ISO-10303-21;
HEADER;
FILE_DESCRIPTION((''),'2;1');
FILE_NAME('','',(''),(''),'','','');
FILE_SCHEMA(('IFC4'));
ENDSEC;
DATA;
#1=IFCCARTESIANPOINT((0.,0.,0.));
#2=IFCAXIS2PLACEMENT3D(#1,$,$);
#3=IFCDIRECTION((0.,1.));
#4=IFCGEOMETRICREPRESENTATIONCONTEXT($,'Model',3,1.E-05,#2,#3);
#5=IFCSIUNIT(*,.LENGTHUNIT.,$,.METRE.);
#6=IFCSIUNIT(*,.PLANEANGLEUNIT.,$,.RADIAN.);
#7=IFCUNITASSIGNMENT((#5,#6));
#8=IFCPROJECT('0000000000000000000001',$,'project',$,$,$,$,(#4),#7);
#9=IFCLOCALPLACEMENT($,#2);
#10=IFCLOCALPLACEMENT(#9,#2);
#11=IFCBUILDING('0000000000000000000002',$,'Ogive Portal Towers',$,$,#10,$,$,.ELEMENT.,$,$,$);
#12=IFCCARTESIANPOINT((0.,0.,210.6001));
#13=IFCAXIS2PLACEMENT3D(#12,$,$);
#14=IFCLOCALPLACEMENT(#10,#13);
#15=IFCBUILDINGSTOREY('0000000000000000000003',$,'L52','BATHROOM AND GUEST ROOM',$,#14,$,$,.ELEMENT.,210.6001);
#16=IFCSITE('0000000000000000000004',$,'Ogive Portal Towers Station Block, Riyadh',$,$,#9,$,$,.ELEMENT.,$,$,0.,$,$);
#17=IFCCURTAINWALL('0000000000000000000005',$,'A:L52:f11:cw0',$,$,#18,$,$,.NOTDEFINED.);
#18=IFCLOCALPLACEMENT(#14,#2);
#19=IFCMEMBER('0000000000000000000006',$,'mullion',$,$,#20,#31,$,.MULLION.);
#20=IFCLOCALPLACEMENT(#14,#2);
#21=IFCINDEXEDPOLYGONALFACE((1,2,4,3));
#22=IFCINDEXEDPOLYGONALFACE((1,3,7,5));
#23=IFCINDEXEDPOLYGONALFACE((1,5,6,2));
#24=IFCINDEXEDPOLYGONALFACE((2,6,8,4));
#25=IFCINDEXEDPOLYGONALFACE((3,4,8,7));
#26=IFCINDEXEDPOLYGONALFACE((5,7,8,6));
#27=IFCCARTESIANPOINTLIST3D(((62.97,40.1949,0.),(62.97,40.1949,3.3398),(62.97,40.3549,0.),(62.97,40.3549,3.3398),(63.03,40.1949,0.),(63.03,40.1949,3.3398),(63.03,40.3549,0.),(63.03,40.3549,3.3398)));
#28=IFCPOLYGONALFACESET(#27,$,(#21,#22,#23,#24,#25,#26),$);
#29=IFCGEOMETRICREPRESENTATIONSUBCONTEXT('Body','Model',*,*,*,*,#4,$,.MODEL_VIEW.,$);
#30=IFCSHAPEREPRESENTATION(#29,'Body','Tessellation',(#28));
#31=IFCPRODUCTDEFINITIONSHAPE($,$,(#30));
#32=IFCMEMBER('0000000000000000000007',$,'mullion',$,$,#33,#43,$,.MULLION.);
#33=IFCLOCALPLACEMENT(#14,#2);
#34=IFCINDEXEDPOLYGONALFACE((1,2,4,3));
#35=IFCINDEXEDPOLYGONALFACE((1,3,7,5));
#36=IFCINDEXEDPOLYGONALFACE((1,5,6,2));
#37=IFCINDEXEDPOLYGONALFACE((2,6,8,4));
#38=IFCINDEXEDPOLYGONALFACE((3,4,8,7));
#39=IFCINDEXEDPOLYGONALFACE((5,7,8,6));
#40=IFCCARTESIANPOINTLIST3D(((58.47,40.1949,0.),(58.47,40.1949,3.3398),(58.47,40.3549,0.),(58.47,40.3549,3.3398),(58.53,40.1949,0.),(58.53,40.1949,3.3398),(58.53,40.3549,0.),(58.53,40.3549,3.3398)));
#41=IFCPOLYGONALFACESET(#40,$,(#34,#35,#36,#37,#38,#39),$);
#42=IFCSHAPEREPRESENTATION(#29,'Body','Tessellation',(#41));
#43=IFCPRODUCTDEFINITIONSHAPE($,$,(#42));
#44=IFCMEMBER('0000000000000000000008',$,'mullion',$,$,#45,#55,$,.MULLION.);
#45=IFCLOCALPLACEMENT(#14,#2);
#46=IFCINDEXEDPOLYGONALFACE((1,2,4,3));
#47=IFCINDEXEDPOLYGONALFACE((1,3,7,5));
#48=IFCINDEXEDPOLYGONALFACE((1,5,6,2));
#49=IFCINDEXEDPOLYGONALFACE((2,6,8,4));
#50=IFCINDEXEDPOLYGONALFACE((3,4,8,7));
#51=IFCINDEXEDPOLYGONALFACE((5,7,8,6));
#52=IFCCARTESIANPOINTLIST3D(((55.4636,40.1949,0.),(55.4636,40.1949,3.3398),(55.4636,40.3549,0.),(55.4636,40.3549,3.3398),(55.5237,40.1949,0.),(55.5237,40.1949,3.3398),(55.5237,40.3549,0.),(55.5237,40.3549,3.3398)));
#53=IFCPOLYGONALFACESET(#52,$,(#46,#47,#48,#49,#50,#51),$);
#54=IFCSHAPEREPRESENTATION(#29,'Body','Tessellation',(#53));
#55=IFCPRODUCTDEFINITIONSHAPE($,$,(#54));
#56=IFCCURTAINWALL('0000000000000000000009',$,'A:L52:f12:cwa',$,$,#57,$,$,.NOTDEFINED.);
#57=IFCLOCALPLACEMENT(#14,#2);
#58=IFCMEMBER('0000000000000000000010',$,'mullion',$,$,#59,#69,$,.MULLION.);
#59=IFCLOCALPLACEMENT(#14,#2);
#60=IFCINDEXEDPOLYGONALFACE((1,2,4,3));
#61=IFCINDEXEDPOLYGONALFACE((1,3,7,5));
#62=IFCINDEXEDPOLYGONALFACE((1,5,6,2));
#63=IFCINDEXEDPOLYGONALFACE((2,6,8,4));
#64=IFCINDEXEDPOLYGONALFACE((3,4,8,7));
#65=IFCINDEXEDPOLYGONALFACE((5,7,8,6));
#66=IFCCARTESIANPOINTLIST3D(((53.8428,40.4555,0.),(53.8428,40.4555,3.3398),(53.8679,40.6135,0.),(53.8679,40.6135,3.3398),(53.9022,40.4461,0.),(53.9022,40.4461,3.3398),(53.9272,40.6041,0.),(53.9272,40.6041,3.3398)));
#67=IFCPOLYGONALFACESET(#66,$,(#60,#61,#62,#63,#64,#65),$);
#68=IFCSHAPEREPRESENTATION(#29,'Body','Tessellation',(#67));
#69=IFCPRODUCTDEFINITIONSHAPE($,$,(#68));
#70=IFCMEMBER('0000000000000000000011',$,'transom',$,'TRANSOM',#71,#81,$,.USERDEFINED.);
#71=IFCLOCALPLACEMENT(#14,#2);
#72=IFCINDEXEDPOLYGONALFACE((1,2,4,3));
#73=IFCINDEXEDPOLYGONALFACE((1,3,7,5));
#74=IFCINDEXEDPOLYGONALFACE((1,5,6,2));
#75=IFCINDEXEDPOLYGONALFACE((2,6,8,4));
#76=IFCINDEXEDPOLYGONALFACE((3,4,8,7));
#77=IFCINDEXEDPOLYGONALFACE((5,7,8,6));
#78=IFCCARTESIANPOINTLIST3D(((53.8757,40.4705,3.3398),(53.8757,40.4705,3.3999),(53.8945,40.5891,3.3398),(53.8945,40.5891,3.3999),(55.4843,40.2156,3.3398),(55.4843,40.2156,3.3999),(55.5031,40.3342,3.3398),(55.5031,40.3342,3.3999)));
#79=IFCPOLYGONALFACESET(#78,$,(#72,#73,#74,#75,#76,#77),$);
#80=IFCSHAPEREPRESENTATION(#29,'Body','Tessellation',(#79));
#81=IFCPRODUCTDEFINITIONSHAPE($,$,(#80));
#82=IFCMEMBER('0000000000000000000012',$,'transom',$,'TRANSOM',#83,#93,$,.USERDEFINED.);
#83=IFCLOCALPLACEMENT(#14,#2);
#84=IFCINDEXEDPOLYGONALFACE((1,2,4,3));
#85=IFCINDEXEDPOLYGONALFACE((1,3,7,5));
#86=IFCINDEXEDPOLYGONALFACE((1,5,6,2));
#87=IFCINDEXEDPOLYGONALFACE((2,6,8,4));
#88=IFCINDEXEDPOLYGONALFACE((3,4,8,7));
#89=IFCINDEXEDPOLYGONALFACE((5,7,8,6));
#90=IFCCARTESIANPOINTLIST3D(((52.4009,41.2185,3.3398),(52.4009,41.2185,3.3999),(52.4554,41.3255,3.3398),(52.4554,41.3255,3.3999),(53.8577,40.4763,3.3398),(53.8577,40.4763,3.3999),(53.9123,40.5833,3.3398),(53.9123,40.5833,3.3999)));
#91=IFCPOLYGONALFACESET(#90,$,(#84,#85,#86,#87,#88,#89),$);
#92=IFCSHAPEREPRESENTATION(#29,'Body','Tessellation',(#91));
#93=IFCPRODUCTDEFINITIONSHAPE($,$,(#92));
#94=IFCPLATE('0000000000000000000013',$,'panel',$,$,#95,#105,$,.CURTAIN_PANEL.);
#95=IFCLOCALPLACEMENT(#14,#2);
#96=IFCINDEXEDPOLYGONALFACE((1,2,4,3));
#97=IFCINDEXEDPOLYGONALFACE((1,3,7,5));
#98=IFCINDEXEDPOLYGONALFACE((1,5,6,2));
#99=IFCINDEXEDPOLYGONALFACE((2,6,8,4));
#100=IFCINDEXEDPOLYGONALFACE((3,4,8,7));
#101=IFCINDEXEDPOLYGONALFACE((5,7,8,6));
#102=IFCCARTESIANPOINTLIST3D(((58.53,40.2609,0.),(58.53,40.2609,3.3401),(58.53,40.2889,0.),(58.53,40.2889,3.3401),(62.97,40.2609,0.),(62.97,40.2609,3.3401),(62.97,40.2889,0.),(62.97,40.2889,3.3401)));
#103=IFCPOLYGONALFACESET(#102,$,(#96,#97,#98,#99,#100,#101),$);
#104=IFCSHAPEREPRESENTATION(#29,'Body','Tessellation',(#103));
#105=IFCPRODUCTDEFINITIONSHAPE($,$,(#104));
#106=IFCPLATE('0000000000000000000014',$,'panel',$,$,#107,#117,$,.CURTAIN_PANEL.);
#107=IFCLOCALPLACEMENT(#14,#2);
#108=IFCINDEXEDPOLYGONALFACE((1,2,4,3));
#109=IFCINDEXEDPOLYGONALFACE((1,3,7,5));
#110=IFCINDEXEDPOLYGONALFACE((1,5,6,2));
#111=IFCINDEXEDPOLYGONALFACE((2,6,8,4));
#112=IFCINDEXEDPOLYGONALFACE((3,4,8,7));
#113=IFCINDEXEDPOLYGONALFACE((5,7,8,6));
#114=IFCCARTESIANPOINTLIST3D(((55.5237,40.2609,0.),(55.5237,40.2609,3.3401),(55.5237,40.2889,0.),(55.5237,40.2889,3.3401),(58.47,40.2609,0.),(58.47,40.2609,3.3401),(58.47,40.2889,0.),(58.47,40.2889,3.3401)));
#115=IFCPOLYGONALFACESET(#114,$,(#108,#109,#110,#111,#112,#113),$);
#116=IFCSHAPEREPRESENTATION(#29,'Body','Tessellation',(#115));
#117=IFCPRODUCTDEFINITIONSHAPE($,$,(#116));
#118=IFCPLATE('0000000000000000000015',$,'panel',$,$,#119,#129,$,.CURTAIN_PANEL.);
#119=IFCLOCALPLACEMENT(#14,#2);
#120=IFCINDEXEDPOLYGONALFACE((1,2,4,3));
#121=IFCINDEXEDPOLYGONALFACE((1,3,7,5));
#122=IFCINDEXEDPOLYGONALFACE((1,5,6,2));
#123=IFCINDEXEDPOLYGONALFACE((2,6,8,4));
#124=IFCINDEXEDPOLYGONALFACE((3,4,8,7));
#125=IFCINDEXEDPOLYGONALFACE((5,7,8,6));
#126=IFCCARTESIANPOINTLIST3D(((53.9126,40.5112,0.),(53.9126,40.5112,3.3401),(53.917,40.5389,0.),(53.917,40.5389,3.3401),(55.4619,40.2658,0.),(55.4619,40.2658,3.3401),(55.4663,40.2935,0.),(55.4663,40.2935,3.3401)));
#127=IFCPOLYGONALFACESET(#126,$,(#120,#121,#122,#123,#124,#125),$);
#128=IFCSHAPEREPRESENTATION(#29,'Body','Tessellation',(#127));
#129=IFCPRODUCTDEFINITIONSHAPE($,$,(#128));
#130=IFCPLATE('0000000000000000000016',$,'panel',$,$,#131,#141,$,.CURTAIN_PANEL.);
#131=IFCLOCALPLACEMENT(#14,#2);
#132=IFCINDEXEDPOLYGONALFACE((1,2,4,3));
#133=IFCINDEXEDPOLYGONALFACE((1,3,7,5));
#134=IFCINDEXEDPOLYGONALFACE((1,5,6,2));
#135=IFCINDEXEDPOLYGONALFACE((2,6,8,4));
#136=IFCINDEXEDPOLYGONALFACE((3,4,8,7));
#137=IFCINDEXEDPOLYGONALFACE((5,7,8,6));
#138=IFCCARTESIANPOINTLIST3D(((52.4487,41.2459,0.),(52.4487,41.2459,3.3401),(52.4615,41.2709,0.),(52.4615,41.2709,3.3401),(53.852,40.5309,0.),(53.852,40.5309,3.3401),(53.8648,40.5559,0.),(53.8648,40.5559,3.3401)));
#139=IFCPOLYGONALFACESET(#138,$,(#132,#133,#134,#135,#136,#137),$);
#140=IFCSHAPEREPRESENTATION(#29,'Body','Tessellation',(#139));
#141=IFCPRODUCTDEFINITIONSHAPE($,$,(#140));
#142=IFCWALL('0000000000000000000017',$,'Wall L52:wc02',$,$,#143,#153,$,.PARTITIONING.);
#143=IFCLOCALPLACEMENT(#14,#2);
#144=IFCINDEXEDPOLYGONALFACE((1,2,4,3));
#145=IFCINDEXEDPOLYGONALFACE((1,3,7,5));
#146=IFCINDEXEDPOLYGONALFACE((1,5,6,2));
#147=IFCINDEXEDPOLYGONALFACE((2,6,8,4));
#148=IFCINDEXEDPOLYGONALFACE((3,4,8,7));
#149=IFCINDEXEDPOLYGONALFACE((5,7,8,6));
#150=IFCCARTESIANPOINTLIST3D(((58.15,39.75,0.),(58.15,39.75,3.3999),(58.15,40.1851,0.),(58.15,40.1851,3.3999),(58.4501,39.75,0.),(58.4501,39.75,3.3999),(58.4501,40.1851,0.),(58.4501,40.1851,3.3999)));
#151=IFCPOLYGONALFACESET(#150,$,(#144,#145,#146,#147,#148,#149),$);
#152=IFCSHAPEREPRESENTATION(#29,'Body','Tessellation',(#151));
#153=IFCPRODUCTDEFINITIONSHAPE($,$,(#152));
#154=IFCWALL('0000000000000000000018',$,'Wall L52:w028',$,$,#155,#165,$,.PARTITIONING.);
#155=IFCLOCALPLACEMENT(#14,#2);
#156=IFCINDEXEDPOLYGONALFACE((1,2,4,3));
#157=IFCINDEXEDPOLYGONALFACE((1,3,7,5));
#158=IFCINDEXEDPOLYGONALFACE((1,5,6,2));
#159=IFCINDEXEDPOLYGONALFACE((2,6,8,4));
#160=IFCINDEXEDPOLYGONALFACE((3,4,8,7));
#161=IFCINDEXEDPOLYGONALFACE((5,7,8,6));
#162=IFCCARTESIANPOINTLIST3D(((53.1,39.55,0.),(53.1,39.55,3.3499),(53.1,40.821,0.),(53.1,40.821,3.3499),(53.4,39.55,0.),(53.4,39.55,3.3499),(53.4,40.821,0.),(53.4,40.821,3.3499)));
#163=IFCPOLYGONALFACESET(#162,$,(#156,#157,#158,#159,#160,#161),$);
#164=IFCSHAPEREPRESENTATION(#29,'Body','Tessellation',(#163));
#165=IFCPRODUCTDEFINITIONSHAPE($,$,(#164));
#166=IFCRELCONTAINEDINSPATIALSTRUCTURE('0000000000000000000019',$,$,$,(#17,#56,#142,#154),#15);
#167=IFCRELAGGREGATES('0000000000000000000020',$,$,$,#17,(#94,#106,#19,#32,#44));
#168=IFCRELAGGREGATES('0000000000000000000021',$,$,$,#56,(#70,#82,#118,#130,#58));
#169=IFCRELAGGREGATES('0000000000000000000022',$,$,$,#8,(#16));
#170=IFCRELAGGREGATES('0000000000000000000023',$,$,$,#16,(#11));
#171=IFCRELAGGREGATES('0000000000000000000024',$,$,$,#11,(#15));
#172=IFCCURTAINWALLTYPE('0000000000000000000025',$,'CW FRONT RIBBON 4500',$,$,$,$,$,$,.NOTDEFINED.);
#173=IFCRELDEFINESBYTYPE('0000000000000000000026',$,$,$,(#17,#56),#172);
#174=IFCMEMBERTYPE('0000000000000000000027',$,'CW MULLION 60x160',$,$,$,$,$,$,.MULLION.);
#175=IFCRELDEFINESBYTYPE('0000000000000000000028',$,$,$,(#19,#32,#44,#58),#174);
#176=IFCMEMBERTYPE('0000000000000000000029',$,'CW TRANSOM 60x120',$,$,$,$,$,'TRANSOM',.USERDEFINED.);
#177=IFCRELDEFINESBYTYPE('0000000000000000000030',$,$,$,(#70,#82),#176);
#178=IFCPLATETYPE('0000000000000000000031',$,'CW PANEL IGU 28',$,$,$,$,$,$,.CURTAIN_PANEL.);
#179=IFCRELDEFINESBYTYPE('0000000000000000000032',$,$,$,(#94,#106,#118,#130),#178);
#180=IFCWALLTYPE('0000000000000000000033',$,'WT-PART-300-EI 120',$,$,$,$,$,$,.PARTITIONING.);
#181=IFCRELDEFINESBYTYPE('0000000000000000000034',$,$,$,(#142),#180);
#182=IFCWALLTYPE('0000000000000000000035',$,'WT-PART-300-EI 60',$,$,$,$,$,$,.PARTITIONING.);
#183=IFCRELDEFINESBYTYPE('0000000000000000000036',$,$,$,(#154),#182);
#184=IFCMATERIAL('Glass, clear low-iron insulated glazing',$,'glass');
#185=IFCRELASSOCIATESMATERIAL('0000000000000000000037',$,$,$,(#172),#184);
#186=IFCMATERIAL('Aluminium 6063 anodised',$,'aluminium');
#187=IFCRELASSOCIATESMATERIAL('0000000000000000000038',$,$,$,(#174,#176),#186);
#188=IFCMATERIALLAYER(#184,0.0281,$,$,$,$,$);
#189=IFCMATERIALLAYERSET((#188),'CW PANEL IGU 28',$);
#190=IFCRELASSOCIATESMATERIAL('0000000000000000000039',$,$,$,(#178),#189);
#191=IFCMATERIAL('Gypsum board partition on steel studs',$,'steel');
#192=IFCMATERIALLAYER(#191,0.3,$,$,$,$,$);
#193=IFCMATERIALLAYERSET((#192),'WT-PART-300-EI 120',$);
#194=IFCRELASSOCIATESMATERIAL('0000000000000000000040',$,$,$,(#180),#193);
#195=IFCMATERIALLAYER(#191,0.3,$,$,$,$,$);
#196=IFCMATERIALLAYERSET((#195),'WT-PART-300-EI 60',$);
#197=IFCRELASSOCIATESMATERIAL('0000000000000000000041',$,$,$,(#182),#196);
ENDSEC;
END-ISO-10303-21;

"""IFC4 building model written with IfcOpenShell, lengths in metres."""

from ifc_helpers import new_model, si_unit, direction, frame, frame_2d, origin, origin_2d, place, context, subcontext, project, spatial, rectangle, extrude, material, layer, layer_set, material_profile, profile_set, type_object, element, aggregate, save


model = new_model("IFC4")

# Units and contexts
model_context = context("Model", 3, precision=1e-05, world=origin(), true_north=direction((0.0, 1.0)))
body_context = subcontext(model_context, "Body", "Model", "MODEL_VIEW")
ifc_project = project(units=[si_unit("LENGTHUNIT", "METRE"), si_unit("PLANEANGLEUNIT", "RADIAN")], contexts=[model_context])

# Site, building, storey
site_placement = place(None, origin())
site = spatial("IfcSite", under=ifc_project, at=site_placement, Name="Ogive Portal Towers Station Block, Riyadh", CompositionType="ELEMENT", RefElevation=0.0)
building_placement = place(site_placement, origin())
building = spatial("IfcBuilding", under=site, at=building_placement, Name="Ogive Portal Towers", CompositionType="ELEMENT")
storey_placement = place(building_placement, frame((0.0, 0.0, 210.6001)))
storey = spatial("IfcBuildingStorey", under=building, at=storey_placement, Name="L52", Description="BATHROOM AND GUEST ROOM", CompositionType="ELEMENT", Elevation=210.6001)

# Curtain walls, members
ifc_material_1 = material(Name="Glass, clear low-iron insulated glazing", Category="glass")
curtain_wall_type = type_object("IfcCurtainWallType", Name="CW FRONT RIBBON 4500", PredefinedType="NOTDEFINED", material=ifc_material_1)
curtain_wall_1_placement = place(storey_placement, origin())
curtain_wall_1 = element("IfcCurtainWall", 1, at=curtain_wall_1_placement, inside=storey, type_object=curtain_wall_type, Name="A:L52:f11:cw0", PredefinedType="NOTDEFINED")
ifc_material_2 = material(Name="Aluminium 6063 anodised", Category="aluminium")
ifc_material_profile_1 = material_profile(ifc_material_2, rectangle(XDim=0.1599, YDim=0.0601, at=origin_2d()), Name="AL 60x160")
ifc_profile_set_1 = profile_set([ifc_material_profile_1], Name="Aluminium 6063 anodised")
member_type_1 = type_object("IfcMemberType", Name="CW MULLION 60x160", PredefinedType="MULLION", material=ifc_profile_set_1)
member_1_placement = place(storey_placement, frame((63.0, 40.2749, 0.0), z_axis=(0.0, 0.0, 1.0), x_axis=(0.0, -1.0, 0.0)))
member_1 = element("IfcMember", 2, at=member_1_placement, type_object=member_type_1, Name="mullion", PredefinedType="MULLION", context=body_context, shape_type="SweptSolid", body=[
    extrude(rectangle(XDim=0.1599, YDim=0.0601, at=origin_2d()), origin(), (0.0, 0.0, 1.0), 3.3398),
])
member_2_placement = place(storey_placement, frame((58.5, 40.2749, 0.0), z_axis=(0.0, 0.0, 1.0), x_axis=(0.0, -1.0, 0.0)))
member_2 = element("IfcMember", 3, at=member_2_placement, type_object=member_type_1, Name="mullion", PredefinedType="MULLION", context=body_context, shape_type="SweptSolid", body=[
    extrude(rectangle(XDim=0.1599, YDim=0.0601, at=origin_2d()), origin(), (0.0, 0.0, 1.0), 3.3398),
])
member_3_placement = place(storey_placement, frame((55.4937, 40.2749, 0.0), z_axis=(0.0, 0.0, 1.0), x_axis=(0.0, -1.0, 0.0)))
member_3 = element("IfcMember", 4, at=member_3_placement, type_object=member_type_1, Name="mullion", PredefinedType="MULLION", context=body_context, shape_type="SweptSolid", body=[
    extrude(rectangle(XDim=0.1599, YDim=0.0601, at=origin_2d()), origin(), (0.0, 0.0, 1.0), 3.3398),
])
curtain_wall_2_placement = place(storey_placement, origin())
curtain_wall_2 = element("IfcCurtainWall", 5, at=curtain_wall_2_placement, inside=storey, type_object=curtain_wall_type, Name="A:L52:f12:cwa", PredefinedType="NOTDEFINED")
member_4_placement = place(storey_placement, frame((53.885, 40.5298, 0.0), z_axis=(0.0, 0.0, 1.0), x_axis=(-0.156434, -0.987688, 0.0)))
member_4 = element("IfcMember", 6, at=member_4_placement, type_object=member_type_1, Name="mullion", PredefinedType="MULLION", context=body_context, shape_type="SweptSolid", body=[
    extrude(rectangle(XDim=0.1599, YDim=0.0601, at=origin_2d()), origin(), (0.0, 0.0, 1.0), 3.3398),
])
ifc_material_profile_2 = material_profile(ifc_material_2, rectangle(XDim=0.1201, YDim=0.0601, at=origin_2d()), Name="AL 120x60")
ifc_profile_set_2 = profile_set([ifc_material_profile_2], Name="Aluminium 6063 anodised")
member_type_2 = type_object("IfcMemberType", Name="CW TRANSOM 60x120", ElementType="TRANSOM", PredefinedType="USERDEFINED", material=ifc_profile_set_2)
member_5_placement = place(storey_placement, frame((55.4937, 40.2749, 3.3699), z_axis=(-0.987679, 0.156494, 0.0), x_axis=(-0.156494, -0.987679, 0.0)))
member_5 = element("IfcMember", 7, at=member_5_placement, type_object=member_type_2, Name="transom", ObjectType="TRANSOM", PredefinedType="USERDEFINED", context=body_context, shape_type="SweptSolid", body=[
    extrude(rectangle(XDim=0.1201, YDim=0.0601, at=origin_2d()), origin(), (0.0, 0.0, 1.0), 1.6287),
])
member_6_placement = place(storey_placement, frame((53.885, 40.5298, 3.3699), z_axis=(-0.891027, 0.45395, 0.0), x_axis=(-0.45395, -0.891027, 0.0)))
member_6 = element("IfcMember", 8, at=member_6_placement, type_object=member_type_2, Name="transom", ObjectType="TRANSOM", PredefinedType="USERDEFINED", context=body_context, shape_type="SweptSolid", body=[
    extrude(rectangle(XDim=0.1201, YDim=0.0601, at=origin_2d()), origin(), (0.0, 0.0, 1.0), 1.635),
])

# Plates
ifc_layer_1 = layer(ifc_material_1, 0.0281)
ifc_layer_set_1 = layer_set([ifc_layer_1], Name="CW PANEL IGU 28")
plate_type = type_object("IfcPlateType", Name="CW PANEL IGU 28", PredefinedType="CURTAIN_PANEL", material=ifc_layer_set_1)
plate_1_placement = place(storey_placement, frame((60.75, 40.2749, 0.0), z_axis=(0.0, 0.0, 1.0), x_axis=(-1.0, 0.0, 0.0)))
plate_1 = element("IfcPlate", 9, at=plate_1_placement, type_object=plate_type, Name="panel", PredefinedType="CURTAIN_PANEL", context=body_context, shape_type="SweptSolid", body=[
    extrude(rectangle(XDim=4.4399, YDim=0.0281, at=origin_2d()), origin(), (0.0, 0.0, 1.0), 3.3401),
])
plate_2_placement = place(storey_placement, frame((56.9968, 40.2749, 0.0), z_axis=(0.0, 0.0, 1.0), x_axis=(-1.0, 0.0, 0.0)))
plate_2 = element("IfcPlate", 10, at=plate_2_placement, type_object=plate_type, Name="panel", PredefinedType="CURTAIN_PANEL", context=body_context, shape_type="SweptSolid", body=[
    extrude(rectangle(XDim=2.9463, YDim=0.0281, at=origin_2d()), origin(), (0.0, 0.0, 1.0), 3.3401),
])
aggregate(curtain_wall_1, [plate_1, plate_2, member_1, member_2, member_3])
plate_3_placement = place(storey_placement, frame((54.6895, 40.4023, 0.0), z_axis=(0.0, 0.0, 1.0), x_axis=(-0.987688, 0.156434, 0.0)))
plate_3 = element("IfcPlate", 11, at=plate_3_placement, type_object=plate_type, Name="panel", PredefinedType="CURTAIN_PANEL", context=body_context, shape_type="SweptSolid", body=[
    extrude(rectangle(XDim=1.5686, YDim=0.0281, at=origin_2d()), origin(), (0.0, 0.0, 1.0), 3.3401),
])
plate_4_placement = place(storey_placement, frame((53.1567, 40.9009, 0.0), z_axis=(0.0, 0.0, 1.0), x_axis=(-0.891007, 0.45399, 0.0)))
plate_4 = element("IfcPlate", 12, at=plate_4_placement, type_object=plate_type, Name="panel", PredefinedType="CURTAIN_PANEL", context=body_context, shape_type="SweptSolid", body=[
    extrude(rectangle(XDim=1.575, YDim=0.0281, at=origin_2d()), origin(), (0.0, 0.0, 1.0), 3.3401),
])
aggregate(curtain_wall_2, [member_5, member_6, plate_3, plate_4, member_4])

# Walls
ifc_material_3 = material(Name="Gypsum board partition on steel studs", Category="steel")
ifc_layer_2 = layer(ifc_material_3, 0.3)
ifc_layer_set_2 = layer_set([ifc_layer_2], Name="WT-PART-300-EI 120")
wall_type_1 = type_object("IfcWallType", Name="WT-PART-300-EI 120", PredefinedType="PARTITIONING", material=ifc_layer_set_2)
wall_1_placement = place(storey_placement, frame((58.3, 39.75, 0.0), z_axis=(0.0, 0.0, 1.0), x_axis=(0.0, 1.0, 0.0)))
element("IfcWall", 13, at=wall_1_placement, inside=storey, type_object=wall_type_1, Name="Wall L52:wc02", PredefinedType="PARTITIONING", context=body_context, shape_type="SweptSolid", body=[
    extrude(rectangle(XDim=0.4351, YDim=0.3, at=frame_2d((0.2175, 0.0))), origin(), (0.0, 0.0, 1.0), 3.3999),
])
ifc_layer_3 = layer(ifc_material_3, 0.3)
ifc_layer_set_3 = layer_set([ifc_layer_3], Name="WT-PART-300-EI 60")
wall_type_2 = type_object("IfcWallType", Name="WT-PART-300-EI 60", PredefinedType="PARTITIONING", material=ifc_layer_set_3)
wall_2_placement = place(storey_placement, frame((53.25, 39.55, 0.0), z_axis=(0.0, 0.0, 1.0), x_axis=(0.0, 1.0, 0.0)))
element("IfcWall", 14, at=wall_2_placement, inside=storey, type_object=wall_type_2, Name="Wall L52:w028", PredefinedType="PARTITIONING", context=body_context, shape_type="SweptSolid", body=[
    extrude(rectangle(XDim=1.271, YDim=0.3, at=frame_2d((0.6355, 0.0))), origin(), (0.0, 0.0, 1.0), 3.3499),
])

save(model, "model.ifc")
